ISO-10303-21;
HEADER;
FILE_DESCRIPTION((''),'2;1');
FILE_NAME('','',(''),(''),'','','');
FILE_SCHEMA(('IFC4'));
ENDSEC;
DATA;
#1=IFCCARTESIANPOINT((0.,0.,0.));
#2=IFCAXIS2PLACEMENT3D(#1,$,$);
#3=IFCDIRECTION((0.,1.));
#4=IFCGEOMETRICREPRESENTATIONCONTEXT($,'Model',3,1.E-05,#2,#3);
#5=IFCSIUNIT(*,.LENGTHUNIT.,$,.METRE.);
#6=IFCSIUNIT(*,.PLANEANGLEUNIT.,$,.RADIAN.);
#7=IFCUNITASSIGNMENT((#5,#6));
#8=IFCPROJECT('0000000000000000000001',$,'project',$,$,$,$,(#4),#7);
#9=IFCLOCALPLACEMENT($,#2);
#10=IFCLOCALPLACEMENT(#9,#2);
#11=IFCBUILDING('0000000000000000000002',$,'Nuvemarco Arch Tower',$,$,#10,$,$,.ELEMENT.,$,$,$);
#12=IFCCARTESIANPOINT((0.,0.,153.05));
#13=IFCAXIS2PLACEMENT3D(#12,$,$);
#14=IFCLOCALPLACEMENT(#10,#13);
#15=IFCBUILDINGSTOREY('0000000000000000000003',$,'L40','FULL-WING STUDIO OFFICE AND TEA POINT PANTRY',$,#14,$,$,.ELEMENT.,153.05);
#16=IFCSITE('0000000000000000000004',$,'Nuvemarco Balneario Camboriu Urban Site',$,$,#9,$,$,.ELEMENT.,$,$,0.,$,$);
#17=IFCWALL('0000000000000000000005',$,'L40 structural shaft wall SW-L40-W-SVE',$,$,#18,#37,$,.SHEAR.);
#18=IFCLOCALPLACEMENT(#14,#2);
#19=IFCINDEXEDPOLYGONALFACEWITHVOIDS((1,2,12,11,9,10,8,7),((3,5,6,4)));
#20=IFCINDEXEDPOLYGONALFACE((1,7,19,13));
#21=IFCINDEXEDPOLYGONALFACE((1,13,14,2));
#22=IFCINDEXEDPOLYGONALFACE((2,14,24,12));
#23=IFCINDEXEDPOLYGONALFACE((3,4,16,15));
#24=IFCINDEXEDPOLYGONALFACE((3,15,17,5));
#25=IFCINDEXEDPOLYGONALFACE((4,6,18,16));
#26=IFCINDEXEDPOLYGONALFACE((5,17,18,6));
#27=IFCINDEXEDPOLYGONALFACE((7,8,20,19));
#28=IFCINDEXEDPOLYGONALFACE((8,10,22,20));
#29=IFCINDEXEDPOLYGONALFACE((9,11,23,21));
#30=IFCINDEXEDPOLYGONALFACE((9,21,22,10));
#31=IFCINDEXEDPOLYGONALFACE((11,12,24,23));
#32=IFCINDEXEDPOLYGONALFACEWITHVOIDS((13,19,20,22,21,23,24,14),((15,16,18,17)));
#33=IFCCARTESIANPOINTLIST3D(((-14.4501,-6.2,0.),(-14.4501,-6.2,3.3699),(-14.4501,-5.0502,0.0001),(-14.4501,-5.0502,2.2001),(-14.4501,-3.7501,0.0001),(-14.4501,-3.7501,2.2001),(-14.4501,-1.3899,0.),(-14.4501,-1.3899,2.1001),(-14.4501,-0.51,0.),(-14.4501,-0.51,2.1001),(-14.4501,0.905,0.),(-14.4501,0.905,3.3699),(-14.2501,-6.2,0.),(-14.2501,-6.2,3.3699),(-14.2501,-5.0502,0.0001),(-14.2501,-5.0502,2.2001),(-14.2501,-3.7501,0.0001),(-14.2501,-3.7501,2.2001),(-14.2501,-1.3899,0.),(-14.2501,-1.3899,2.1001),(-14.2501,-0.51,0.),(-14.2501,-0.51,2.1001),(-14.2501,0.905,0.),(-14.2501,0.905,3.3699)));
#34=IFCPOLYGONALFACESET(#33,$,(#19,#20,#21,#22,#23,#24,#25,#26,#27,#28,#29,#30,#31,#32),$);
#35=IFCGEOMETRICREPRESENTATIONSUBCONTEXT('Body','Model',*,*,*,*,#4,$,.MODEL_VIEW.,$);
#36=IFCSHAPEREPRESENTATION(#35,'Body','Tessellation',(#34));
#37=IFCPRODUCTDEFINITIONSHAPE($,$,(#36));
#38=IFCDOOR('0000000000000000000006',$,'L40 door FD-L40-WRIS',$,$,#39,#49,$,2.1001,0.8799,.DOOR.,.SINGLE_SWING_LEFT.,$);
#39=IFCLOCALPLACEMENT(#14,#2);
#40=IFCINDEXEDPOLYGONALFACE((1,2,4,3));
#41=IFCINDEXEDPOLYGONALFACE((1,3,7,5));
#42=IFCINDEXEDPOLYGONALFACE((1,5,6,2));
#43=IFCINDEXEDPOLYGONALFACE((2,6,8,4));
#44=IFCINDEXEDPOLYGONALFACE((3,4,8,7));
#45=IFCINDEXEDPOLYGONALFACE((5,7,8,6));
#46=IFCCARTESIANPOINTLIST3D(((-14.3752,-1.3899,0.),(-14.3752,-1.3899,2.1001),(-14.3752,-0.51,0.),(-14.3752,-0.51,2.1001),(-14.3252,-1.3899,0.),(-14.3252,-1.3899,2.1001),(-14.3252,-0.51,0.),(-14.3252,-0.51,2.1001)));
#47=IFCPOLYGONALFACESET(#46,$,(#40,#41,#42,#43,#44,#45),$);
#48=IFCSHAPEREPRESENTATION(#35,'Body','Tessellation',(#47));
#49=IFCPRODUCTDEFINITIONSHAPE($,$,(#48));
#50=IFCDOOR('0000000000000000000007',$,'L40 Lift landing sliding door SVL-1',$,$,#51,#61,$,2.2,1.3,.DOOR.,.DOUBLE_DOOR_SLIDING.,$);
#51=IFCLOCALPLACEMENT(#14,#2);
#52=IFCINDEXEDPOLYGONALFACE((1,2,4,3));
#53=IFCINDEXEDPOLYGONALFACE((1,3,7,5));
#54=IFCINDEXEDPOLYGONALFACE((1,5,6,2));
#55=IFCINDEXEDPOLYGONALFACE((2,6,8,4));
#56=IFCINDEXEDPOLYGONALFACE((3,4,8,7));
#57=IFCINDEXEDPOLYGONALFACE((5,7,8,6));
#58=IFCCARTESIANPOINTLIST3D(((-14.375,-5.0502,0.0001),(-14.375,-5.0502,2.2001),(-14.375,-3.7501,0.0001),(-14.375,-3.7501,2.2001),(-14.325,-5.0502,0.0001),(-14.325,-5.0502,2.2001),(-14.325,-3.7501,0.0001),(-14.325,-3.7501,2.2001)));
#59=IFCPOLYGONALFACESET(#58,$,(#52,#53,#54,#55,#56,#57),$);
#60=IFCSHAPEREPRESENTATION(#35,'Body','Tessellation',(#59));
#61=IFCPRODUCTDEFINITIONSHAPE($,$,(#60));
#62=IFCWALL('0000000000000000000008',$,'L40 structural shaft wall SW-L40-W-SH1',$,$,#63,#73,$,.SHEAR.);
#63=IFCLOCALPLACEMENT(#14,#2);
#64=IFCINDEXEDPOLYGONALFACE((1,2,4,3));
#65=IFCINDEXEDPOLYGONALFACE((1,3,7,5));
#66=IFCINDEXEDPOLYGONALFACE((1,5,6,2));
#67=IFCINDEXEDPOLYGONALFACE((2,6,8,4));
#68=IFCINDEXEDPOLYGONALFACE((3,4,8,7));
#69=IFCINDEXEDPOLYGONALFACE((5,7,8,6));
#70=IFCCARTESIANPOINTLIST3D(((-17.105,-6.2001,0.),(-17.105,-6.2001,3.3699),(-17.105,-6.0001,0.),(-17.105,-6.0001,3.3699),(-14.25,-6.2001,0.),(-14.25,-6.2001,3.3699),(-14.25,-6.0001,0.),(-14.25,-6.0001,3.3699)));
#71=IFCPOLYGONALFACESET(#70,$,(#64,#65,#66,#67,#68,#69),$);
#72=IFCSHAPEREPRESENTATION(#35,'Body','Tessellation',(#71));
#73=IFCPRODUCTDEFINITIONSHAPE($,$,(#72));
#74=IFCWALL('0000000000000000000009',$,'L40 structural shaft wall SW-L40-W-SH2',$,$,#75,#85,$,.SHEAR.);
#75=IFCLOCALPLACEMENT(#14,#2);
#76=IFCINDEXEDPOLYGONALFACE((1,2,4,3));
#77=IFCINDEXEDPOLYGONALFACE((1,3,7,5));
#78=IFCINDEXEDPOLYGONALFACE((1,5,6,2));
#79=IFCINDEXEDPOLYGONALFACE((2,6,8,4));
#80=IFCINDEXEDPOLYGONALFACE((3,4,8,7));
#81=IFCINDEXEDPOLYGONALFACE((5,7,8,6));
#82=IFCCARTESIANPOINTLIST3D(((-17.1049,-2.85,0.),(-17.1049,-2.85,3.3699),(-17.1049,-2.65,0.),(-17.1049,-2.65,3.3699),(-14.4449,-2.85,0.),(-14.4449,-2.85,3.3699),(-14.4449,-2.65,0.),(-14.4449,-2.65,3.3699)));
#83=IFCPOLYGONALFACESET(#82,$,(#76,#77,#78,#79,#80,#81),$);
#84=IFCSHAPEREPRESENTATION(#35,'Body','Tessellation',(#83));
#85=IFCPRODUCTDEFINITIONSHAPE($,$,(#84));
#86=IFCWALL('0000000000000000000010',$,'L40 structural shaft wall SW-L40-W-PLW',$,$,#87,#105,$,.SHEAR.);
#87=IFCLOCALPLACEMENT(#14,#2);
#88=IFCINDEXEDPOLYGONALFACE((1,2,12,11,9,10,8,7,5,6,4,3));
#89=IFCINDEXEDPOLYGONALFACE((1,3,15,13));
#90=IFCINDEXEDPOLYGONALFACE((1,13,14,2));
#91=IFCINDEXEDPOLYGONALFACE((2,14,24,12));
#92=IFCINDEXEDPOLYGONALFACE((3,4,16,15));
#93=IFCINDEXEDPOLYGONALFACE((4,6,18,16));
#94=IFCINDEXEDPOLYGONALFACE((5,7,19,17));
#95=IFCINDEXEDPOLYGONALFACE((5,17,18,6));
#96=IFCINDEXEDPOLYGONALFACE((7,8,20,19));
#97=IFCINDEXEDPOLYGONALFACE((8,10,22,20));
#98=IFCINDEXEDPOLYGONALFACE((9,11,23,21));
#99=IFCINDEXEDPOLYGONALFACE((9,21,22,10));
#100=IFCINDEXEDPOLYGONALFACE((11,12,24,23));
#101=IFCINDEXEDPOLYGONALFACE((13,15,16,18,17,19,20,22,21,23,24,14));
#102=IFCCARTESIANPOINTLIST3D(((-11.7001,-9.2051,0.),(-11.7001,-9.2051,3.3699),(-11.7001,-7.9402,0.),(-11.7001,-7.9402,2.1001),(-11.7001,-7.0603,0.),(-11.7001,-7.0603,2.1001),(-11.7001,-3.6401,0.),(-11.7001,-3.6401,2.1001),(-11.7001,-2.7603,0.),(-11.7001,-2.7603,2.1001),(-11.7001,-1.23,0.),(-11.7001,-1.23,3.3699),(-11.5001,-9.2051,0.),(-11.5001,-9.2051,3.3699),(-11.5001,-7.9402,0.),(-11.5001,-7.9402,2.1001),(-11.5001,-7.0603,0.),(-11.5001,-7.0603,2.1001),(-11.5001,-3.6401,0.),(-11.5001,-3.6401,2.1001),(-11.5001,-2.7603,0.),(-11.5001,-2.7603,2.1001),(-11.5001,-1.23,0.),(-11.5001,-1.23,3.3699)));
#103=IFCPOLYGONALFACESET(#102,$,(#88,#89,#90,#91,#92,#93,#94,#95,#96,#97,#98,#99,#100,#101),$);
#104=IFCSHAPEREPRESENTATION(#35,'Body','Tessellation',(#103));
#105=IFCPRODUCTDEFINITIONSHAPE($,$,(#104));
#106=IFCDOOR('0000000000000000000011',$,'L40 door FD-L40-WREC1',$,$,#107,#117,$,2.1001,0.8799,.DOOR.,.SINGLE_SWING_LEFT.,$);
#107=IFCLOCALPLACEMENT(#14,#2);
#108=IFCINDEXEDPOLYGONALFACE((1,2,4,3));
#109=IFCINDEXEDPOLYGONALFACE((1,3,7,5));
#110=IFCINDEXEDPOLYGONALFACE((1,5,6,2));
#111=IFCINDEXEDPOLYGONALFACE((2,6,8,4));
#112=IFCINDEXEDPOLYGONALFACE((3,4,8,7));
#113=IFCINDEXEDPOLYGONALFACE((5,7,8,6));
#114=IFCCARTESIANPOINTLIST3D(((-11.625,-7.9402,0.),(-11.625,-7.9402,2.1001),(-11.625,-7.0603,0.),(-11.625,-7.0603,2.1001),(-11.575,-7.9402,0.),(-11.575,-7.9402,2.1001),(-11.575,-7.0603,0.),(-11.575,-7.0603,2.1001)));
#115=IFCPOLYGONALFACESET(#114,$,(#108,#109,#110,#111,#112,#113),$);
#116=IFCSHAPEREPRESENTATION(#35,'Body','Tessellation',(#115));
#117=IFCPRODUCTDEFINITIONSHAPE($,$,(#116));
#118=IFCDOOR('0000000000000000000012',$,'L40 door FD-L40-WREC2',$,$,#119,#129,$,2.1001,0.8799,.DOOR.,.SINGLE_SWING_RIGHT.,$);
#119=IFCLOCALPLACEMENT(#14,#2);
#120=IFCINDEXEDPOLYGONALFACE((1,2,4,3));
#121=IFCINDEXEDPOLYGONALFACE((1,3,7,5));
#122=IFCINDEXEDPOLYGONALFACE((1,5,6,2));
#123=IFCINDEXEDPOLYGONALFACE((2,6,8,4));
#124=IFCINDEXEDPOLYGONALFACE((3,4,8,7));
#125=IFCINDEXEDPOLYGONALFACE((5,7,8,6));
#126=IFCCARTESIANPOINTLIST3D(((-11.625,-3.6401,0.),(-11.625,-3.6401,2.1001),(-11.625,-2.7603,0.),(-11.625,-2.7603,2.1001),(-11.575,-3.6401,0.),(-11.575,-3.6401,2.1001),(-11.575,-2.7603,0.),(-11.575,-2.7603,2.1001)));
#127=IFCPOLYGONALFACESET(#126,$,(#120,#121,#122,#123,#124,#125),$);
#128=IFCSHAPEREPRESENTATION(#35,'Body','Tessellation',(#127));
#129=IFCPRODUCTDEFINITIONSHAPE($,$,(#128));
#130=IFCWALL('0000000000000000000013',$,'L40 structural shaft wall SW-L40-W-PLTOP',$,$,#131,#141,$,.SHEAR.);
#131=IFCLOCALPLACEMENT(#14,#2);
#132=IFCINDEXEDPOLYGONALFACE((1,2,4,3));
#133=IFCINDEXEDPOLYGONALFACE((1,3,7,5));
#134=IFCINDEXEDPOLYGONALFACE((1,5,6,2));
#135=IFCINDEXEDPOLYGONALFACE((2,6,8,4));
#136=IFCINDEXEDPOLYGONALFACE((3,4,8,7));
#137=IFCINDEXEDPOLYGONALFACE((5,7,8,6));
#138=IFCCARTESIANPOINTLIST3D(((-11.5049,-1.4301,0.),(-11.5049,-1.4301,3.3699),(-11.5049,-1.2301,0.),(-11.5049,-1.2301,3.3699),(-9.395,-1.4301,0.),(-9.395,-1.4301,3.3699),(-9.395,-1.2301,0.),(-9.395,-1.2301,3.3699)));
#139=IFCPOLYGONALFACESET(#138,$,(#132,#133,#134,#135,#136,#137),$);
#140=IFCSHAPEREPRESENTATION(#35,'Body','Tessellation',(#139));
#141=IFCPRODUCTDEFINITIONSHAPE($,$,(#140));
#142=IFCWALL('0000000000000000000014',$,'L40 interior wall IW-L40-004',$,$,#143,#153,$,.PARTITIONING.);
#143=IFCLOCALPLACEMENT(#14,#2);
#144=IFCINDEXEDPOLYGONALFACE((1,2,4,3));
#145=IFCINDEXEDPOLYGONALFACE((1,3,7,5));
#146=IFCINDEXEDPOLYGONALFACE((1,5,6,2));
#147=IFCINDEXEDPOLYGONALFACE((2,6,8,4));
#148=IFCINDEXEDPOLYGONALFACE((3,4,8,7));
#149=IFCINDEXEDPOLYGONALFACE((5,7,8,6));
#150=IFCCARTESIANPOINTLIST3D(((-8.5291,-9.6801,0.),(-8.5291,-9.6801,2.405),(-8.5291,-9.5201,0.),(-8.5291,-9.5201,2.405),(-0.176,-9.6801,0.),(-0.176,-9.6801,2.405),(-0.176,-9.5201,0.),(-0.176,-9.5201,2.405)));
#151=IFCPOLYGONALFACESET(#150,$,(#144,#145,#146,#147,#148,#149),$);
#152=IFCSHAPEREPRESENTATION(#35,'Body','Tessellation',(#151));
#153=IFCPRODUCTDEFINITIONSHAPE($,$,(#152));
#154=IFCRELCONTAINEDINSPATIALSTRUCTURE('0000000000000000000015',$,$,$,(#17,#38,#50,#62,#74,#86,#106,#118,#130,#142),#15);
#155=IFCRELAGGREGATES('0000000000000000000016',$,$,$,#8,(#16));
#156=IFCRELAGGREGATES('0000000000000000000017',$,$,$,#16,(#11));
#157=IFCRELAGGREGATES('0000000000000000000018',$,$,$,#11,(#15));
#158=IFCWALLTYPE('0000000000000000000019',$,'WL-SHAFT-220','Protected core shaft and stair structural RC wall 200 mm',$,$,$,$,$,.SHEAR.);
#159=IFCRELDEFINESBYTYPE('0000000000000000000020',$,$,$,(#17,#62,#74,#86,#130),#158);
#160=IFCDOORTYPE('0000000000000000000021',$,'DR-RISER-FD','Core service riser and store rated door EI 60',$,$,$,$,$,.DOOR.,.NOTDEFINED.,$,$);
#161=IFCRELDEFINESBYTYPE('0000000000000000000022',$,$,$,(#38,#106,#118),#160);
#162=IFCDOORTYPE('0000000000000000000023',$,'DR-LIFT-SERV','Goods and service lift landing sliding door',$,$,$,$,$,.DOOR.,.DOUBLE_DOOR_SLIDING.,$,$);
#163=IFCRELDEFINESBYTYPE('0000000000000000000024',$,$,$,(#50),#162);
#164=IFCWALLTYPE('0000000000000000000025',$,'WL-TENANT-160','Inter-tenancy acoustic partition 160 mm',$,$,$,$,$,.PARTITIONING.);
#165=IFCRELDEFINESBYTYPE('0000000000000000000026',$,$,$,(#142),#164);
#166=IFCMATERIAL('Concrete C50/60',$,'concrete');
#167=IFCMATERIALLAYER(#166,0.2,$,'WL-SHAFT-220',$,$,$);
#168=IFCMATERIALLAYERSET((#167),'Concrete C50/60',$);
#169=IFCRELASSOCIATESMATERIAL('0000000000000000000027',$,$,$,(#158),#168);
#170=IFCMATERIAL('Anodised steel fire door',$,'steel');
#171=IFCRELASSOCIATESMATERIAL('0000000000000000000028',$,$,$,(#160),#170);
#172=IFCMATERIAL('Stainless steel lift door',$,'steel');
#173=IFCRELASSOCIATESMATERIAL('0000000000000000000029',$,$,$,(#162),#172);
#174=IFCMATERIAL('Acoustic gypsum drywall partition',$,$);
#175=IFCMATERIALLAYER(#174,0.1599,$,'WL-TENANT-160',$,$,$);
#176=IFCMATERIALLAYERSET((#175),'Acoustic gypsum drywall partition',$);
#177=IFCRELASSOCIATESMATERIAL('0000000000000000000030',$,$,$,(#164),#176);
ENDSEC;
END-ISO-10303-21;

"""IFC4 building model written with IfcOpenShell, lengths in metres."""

from ifc_helpers import new_model, si_unit, direction, frame, frame_2d, origin, place, context, subcontext, project, spatial, rectangle, extrude, source, transform, mapped, material, layer, layer_set, type_object, type_shapes, element, fill, save


model = new_model("IFC4")

# Units and contexts
model_context = context("Model", 3, precision=1e-05, world=origin(), true_north=direction((0.0, 1.0)))
body_context = subcontext(model_context, "Body", "Model", "MODEL_VIEW")
ifc_project = project(units=[si_unit("LENGTHUNIT", "METRE"), si_unit("PLANEANGLEUNIT", "RADIAN")], contexts=[model_context])

# Site, building, storey
site_placement = place(None, origin())
site = spatial("IfcSite", under=ifc_project, at=site_placement, Name="Nuvemarco Balneario Camboriu Urban Site", CompositionType="ELEMENT", RefElevation=0.0)
building_placement = place(site_placement, origin())
building = spatial("IfcBuilding", under=site, at=building_placement, Name="Nuvemarco Arch Tower", CompositionType="ELEMENT")
storey_placement = place(building_placement, frame((0.0, 0.0, 153.05)))
storey = spatial("IfcBuildingStorey", under=building, at=storey_placement, Name="L40", Description="FULL-WING STUDIO OFFICE AND TEA POINT PANTRY", CompositionType="ELEMENT", Elevation=153.05)

# Shared definitions
ifc_material_1 = material(Name="Concrete C50/60", Category="concrete")

# Shared definitions
ifc_material_2 = material(Name="Anodised steel fire door", Category="steel")

# Shared definitions
ifc_layer_1 = layer(ifc_material_1, 0.2, Name="WL-SHAFT-220")
ifc_layer_set_1 = layer_set([ifc_layer_1], Name="Concrete C50/60")
wall_type_1 = type_object("IfcWallType", Name="WL-SHAFT-220", Description="Protected core shaft and stair structural RC wall 200 mm", PredefinedType="SHEAR", material=ifc_layer_set_1)
ifc_material_3 = material(Name="Stainless steel lift door", Category="steel")

# Wall, openings, doors
wall_1_placement = place(storey_placement, frame((-14.3501, -6.2, 0.0), z_axis=(0.0, 0.0, 1.0), x_axis=(0.0, 1.0, 0.0)))
wall_1 = element("IfcWall", 1, at=wall_1_placement, inside=storey, type_object=wall_type_1, Name="L40 structural shaft wall SW-L40-W-SVE", PredefinedType="SHEAR", context=body_context, shape_type="SweptSolid", body=[
    extrude(rectangle(XDim=7.105, YDim=0.2, at=frame_2d((3.5525, 0.0))), origin(), (0.0, 0.0, 1.0), 3.3699),
])
opening_1_placement = place(wall_1_placement, frame((5.6899, 0.0, 0.0), z_axis=(0.0, 0.0, 1.0), x_axis=(-1.0, 0.0, 0.0)))
opening_1 = element("IfcOpeningElement", 2, at=opening_1_placement, cuts=wall_1, PredefinedType="OPENING", context=body_context, shape_type="SweptSolid", body=[
    extrude(rectangle(XDim=0.8799, YDim=2.1001, at=frame_2d((0.4399, 1.05))), frame((0.0, 0.1099, 0.0), z_axis=(0.0, -1.0, 0.0), x_axis=(1.0, 0.0, 0.0)), (0.0, 0.0, 1.0), 0.22),
])
opening_2_placement = place(wall_1_placement, frame((1.1499, 0.0, 0.0)))
opening_2 = element("IfcOpeningElement", 3, at=opening_2_placement, cuts=wall_1, PredefinedType="OPENING", context=body_context, shape_type="SweptSolid", body=[
    extrude(rectangle(XDim=1.3, YDim=2.2, at=frame_2d((0.6499, 1.1001))), frame((0.0, 0.1099, 0.0), z_axis=(0.0, -1.0, 0.0), x_axis=(1.0, 0.0, 0.0)), (0.0, 0.0, 1.0), 0.22),
])
door_type_1 = type_object("IfcDoorType", Name="DR-RISER-FD", Description="Core service riser and store rated door EI 60", OperationType="NOTDEFINED", PredefinedType="DOOR", material=ifc_material_2)
shared_shape_1 = source(origin(), body_context, "Body", "SweptSolid", [
    extrude(rectangle(XDim=0.8799, YDim=2.1001, at=frame_2d((0.4399, 1.05))), frame((0.0, 0.0249, 0.0), z_axis=(0.0, -1.0, 0.0), x_axis=(1.0, 0.0, 0.0)), (0.0, 0.0, 1.0), 0.05),
])
type_shapes(door_type_1, [shared_shape_1])
door_1_placement = place(opening_1_placement, origin())
door_1 = element("IfcDoor", 4, at=door_1_placement, inside=storey, type_object=door_type_1, Name="L40 door FD-L40-WRIS", OperationType="SINGLE_SWING_LEFT", OverallHeight=2.1001, OverallWidth=0.8799, PredefinedType="DOOR", context=body_context, shape_type="MappedRepresentation", body=[
    mapped(shared_shape_1, transform((0.0, 0.0, 0.0), scale=1.0)),
])
fill(opening_1, door_1)
door_type_2 = type_object("IfcDoorType", Name="DR-LIFT-SERV", Description="Goods and service lift landing sliding door", OperationType="DOUBLE_DOOR_SLIDING", PredefinedType="DOOR", material=ifc_material_3)
shared_shape_2 = source(origin(), body_context, "Body", "SweptSolid", [
    extrude(rectangle(XDim=1.3, YDim=2.2, at=frame_2d((0.6499, 1.1001))), frame((0.0, 0.0249, 0.0), z_axis=(0.0, -1.0, 0.0), x_axis=(1.0, 0.0, 0.0)), (0.0, 0.0, 1.0), 0.05),
])
type_shapes(door_type_2, [shared_shape_2])
door_2_placement = place(opening_2_placement, origin())
door_2 = element("IfcDoor", 5, at=door_2_placement, inside=storey, type_object=door_type_2, Name="L40 Lift landing sliding door SVL-1", OperationType="DOUBLE_DOOR_SLIDING", OverallHeight=2.2, OverallWidth=1.3, PredefinedType="DOOR", context=body_context, shape_type="MappedRepresentation", body=[
    mapped(shared_shape_2, transform((0.0, 0.0, 0.0), scale=1.0)),
])
fill(opening_2, door_2)

# Walls
wall_2_placement = place(storey_placement, frame((-17.105, -6.1001, 0.0), z_axis=(0.0, 0.0, 1.0), x_axis=(1.0, 0.0, 0.0)))
element("IfcWall", 6, at=wall_2_placement, inside=storey, type_object=wall_type_1, Name="L40 structural shaft wall SW-L40-W-SH1", PredefinedType="SHEAR", context=body_context, shape_type="SweptSolid", body=[
    extrude(rectangle(XDim=2.855, YDim=0.2, at=frame_2d((1.4275, 0.0))), origin(), (0.0, 0.0, 1.0), 3.3699),
])
wall_3_placement = place(storey_placement, frame((-17.105, -2.75, 0.0), z_axis=(0.0, 0.0, 1.0), x_axis=(1.0, 0.0, 0.0)))
element("IfcWall", 7, at=wall_3_placement, inside=storey, type_object=wall_type_1, Name="L40 structural shaft wall SW-L40-W-SH2", PredefinedType="SHEAR", context=body_context, shape_type="SweptSolid", body=[
    extrude(rectangle(XDim=2.6599, YDim=0.2, at=frame_2d((1.3301, 0.0))), origin(), (0.0, 0.0, 1.0), 3.3699),
])

# Wall, openings, doors
wall_4_placement = place(storey_placement, frame((-11.6001, -9.2051, 0.0), z_axis=(0.0, 0.0, 1.0), x_axis=(0.0, 1.0, 0.0)))
wall_4 = element("IfcWall", 8, at=wall_4_placement, inside=storey, type_object=wall_type_1, Name="L40 structural shaft wall SW-L40-W-PLW", PredefinedType="SHEAR", context=body_context, shape_type="SweptSolid", body=[
    extrude(rectangle(XDim=7.9751, YDim=0.2, at=frame_2d((3.9875, 0.0))), origin(), (0.0, 0.0, 1.0), 3.3699),
])
opening_3_placement = place(wall_4_placement, frame((1.2649, 0.0, 0.0)))
opening_3 = element("IfcOpeningElement", 9, at=opening_3_placement, cuts=wall_4, PredefinedType="OPENING", context=body_context, shape_type="SweptSolid", body=[
    extrude(rectangle(XDim=0.8799, YDim=2.1001, at=frame_2d((0.4399, 1.05))), frame((0.0, 0.1099, 0.0), z_axis=(0.0, -1.0, 0.0), x_axis=(1.0, 0.0, 0.0)), (0.0, 0.0, 1.0), 0.22),
])
opening_4_placement = place(wall_4_placement, frame((5.5649, 0.0, 0.0)))
opening_4 = element("IfcOpeningElement", 10, at=opening_4_placement, cuts=wall_4, PredefinedType="OPENING", context=body_context, shape_type="SweptSolid", body=[
    extrude(rectangle(XDim=0.8799, YDim=2.1001, at=frame_2d((0.4399, 1.05))), frame((0.0, 0.1099, 0.0), z_axis=(0.0, -1.0, 0.0), x_axis=(1.0, 0.0, 0.0)), (0.0, 0.0, 1.0), 0.22),
])
door_3_placement = place(opening_3_placement, origin())
door_3 = element("IfcDoor", 11, at=door_3_placement, inside=storey, type_object=door_type_1, Name="L40 door FD-L40-WREC1", OperationType="SINGLE_SWING_LEFT", OverallHeight=2.1001, OverallWidth=0.8799, PredefinedType="DOOR", context=body_context, shape_type="MappedRepresentation", body=[
    mapped(shared_shape_1, transform((0.0, 0.0, 0.0), scale=1.0)),
])
fill(opening_3, door_3)
door_4_placement = place(opening_4_placement, origin())
door_4 = element("IfcDoor", 12, at=door_4_placement, inside=storey, type_object=door_type_1, Name="L40 door FD-L40-WREC2", OperationType="SINGLE_SWING_RIGHT", OverallHeight=2.1001, OverallWidth=0.8799, PredefinedType="DOOR", context=body_context, shape_type="MappedRepresentation", body=[
    mapped(shared_shape_1, transform((0.0, 0.0, 0.0), scale=1.0)),
])
fill(opening_4, door_4)

# Walls
wall_5_placement = place(storey_placement, frame((-11.5049, -1.3301, 0.0), z_axis=(0.0, 0.0, 1.0), x_axis=(1.0, 0.0, 0.0)))
element("IfcWall", 13, at=wall_5_placement, inside=storey, type_object=wall_type_1, Name="L40 structural shaft wall SW-L40-W-PLTOP", PredefinedType="SHEAR", context=body_context, shape_type="SweptSolid", body=[
    extrude(rectangle(XDim=2.1099, YDim=0.2, at=frame_2d((1.0549, 0.0))), origin(), (0.0, 0.0, 1.0), 3.3699),
])
ifc_material_4 = material(Name="Acoustic gypsum drywall partition")
ifc_layer_2 = layer(ifc_material_4, 0.1599, Name="WL-TENANT-160")
ifc_layer_set_2 = layer_set([ifc_layer_2], Name="Acoustic gypsum drywall partition")
wall_type_2 = type_object("IfcWallType", Name="WL-TENANT-160", Description="Inter-tenancy acoustic partition 160 mm", PredefinedType="PARTITIONING", material=ifc_layer_set_2)
wall_6_placement = place(storey_placement, frame((-8.5291, -9.6001, 0.0), z_axis=(0.0, 0.0, 1.0), x_axis=(1.0, 0.0, 0.0)))
element("IfcWall", 14, at=wall_6_placement, inside=storey, type_object=wall_type_2, Name="L40 interior wall IW-L40-004", PredefinedType="PARTITIONING", context=body_context, shape_type="SweptSolid", body=[
    extrude(rectangle(XDim=8.353, YDim=0.1599, at=frame_2d((4.1765, 0.0))), origin(), (0.0, 0.0, 1.0), 2.405),
])

save(model, "model.ifc")
